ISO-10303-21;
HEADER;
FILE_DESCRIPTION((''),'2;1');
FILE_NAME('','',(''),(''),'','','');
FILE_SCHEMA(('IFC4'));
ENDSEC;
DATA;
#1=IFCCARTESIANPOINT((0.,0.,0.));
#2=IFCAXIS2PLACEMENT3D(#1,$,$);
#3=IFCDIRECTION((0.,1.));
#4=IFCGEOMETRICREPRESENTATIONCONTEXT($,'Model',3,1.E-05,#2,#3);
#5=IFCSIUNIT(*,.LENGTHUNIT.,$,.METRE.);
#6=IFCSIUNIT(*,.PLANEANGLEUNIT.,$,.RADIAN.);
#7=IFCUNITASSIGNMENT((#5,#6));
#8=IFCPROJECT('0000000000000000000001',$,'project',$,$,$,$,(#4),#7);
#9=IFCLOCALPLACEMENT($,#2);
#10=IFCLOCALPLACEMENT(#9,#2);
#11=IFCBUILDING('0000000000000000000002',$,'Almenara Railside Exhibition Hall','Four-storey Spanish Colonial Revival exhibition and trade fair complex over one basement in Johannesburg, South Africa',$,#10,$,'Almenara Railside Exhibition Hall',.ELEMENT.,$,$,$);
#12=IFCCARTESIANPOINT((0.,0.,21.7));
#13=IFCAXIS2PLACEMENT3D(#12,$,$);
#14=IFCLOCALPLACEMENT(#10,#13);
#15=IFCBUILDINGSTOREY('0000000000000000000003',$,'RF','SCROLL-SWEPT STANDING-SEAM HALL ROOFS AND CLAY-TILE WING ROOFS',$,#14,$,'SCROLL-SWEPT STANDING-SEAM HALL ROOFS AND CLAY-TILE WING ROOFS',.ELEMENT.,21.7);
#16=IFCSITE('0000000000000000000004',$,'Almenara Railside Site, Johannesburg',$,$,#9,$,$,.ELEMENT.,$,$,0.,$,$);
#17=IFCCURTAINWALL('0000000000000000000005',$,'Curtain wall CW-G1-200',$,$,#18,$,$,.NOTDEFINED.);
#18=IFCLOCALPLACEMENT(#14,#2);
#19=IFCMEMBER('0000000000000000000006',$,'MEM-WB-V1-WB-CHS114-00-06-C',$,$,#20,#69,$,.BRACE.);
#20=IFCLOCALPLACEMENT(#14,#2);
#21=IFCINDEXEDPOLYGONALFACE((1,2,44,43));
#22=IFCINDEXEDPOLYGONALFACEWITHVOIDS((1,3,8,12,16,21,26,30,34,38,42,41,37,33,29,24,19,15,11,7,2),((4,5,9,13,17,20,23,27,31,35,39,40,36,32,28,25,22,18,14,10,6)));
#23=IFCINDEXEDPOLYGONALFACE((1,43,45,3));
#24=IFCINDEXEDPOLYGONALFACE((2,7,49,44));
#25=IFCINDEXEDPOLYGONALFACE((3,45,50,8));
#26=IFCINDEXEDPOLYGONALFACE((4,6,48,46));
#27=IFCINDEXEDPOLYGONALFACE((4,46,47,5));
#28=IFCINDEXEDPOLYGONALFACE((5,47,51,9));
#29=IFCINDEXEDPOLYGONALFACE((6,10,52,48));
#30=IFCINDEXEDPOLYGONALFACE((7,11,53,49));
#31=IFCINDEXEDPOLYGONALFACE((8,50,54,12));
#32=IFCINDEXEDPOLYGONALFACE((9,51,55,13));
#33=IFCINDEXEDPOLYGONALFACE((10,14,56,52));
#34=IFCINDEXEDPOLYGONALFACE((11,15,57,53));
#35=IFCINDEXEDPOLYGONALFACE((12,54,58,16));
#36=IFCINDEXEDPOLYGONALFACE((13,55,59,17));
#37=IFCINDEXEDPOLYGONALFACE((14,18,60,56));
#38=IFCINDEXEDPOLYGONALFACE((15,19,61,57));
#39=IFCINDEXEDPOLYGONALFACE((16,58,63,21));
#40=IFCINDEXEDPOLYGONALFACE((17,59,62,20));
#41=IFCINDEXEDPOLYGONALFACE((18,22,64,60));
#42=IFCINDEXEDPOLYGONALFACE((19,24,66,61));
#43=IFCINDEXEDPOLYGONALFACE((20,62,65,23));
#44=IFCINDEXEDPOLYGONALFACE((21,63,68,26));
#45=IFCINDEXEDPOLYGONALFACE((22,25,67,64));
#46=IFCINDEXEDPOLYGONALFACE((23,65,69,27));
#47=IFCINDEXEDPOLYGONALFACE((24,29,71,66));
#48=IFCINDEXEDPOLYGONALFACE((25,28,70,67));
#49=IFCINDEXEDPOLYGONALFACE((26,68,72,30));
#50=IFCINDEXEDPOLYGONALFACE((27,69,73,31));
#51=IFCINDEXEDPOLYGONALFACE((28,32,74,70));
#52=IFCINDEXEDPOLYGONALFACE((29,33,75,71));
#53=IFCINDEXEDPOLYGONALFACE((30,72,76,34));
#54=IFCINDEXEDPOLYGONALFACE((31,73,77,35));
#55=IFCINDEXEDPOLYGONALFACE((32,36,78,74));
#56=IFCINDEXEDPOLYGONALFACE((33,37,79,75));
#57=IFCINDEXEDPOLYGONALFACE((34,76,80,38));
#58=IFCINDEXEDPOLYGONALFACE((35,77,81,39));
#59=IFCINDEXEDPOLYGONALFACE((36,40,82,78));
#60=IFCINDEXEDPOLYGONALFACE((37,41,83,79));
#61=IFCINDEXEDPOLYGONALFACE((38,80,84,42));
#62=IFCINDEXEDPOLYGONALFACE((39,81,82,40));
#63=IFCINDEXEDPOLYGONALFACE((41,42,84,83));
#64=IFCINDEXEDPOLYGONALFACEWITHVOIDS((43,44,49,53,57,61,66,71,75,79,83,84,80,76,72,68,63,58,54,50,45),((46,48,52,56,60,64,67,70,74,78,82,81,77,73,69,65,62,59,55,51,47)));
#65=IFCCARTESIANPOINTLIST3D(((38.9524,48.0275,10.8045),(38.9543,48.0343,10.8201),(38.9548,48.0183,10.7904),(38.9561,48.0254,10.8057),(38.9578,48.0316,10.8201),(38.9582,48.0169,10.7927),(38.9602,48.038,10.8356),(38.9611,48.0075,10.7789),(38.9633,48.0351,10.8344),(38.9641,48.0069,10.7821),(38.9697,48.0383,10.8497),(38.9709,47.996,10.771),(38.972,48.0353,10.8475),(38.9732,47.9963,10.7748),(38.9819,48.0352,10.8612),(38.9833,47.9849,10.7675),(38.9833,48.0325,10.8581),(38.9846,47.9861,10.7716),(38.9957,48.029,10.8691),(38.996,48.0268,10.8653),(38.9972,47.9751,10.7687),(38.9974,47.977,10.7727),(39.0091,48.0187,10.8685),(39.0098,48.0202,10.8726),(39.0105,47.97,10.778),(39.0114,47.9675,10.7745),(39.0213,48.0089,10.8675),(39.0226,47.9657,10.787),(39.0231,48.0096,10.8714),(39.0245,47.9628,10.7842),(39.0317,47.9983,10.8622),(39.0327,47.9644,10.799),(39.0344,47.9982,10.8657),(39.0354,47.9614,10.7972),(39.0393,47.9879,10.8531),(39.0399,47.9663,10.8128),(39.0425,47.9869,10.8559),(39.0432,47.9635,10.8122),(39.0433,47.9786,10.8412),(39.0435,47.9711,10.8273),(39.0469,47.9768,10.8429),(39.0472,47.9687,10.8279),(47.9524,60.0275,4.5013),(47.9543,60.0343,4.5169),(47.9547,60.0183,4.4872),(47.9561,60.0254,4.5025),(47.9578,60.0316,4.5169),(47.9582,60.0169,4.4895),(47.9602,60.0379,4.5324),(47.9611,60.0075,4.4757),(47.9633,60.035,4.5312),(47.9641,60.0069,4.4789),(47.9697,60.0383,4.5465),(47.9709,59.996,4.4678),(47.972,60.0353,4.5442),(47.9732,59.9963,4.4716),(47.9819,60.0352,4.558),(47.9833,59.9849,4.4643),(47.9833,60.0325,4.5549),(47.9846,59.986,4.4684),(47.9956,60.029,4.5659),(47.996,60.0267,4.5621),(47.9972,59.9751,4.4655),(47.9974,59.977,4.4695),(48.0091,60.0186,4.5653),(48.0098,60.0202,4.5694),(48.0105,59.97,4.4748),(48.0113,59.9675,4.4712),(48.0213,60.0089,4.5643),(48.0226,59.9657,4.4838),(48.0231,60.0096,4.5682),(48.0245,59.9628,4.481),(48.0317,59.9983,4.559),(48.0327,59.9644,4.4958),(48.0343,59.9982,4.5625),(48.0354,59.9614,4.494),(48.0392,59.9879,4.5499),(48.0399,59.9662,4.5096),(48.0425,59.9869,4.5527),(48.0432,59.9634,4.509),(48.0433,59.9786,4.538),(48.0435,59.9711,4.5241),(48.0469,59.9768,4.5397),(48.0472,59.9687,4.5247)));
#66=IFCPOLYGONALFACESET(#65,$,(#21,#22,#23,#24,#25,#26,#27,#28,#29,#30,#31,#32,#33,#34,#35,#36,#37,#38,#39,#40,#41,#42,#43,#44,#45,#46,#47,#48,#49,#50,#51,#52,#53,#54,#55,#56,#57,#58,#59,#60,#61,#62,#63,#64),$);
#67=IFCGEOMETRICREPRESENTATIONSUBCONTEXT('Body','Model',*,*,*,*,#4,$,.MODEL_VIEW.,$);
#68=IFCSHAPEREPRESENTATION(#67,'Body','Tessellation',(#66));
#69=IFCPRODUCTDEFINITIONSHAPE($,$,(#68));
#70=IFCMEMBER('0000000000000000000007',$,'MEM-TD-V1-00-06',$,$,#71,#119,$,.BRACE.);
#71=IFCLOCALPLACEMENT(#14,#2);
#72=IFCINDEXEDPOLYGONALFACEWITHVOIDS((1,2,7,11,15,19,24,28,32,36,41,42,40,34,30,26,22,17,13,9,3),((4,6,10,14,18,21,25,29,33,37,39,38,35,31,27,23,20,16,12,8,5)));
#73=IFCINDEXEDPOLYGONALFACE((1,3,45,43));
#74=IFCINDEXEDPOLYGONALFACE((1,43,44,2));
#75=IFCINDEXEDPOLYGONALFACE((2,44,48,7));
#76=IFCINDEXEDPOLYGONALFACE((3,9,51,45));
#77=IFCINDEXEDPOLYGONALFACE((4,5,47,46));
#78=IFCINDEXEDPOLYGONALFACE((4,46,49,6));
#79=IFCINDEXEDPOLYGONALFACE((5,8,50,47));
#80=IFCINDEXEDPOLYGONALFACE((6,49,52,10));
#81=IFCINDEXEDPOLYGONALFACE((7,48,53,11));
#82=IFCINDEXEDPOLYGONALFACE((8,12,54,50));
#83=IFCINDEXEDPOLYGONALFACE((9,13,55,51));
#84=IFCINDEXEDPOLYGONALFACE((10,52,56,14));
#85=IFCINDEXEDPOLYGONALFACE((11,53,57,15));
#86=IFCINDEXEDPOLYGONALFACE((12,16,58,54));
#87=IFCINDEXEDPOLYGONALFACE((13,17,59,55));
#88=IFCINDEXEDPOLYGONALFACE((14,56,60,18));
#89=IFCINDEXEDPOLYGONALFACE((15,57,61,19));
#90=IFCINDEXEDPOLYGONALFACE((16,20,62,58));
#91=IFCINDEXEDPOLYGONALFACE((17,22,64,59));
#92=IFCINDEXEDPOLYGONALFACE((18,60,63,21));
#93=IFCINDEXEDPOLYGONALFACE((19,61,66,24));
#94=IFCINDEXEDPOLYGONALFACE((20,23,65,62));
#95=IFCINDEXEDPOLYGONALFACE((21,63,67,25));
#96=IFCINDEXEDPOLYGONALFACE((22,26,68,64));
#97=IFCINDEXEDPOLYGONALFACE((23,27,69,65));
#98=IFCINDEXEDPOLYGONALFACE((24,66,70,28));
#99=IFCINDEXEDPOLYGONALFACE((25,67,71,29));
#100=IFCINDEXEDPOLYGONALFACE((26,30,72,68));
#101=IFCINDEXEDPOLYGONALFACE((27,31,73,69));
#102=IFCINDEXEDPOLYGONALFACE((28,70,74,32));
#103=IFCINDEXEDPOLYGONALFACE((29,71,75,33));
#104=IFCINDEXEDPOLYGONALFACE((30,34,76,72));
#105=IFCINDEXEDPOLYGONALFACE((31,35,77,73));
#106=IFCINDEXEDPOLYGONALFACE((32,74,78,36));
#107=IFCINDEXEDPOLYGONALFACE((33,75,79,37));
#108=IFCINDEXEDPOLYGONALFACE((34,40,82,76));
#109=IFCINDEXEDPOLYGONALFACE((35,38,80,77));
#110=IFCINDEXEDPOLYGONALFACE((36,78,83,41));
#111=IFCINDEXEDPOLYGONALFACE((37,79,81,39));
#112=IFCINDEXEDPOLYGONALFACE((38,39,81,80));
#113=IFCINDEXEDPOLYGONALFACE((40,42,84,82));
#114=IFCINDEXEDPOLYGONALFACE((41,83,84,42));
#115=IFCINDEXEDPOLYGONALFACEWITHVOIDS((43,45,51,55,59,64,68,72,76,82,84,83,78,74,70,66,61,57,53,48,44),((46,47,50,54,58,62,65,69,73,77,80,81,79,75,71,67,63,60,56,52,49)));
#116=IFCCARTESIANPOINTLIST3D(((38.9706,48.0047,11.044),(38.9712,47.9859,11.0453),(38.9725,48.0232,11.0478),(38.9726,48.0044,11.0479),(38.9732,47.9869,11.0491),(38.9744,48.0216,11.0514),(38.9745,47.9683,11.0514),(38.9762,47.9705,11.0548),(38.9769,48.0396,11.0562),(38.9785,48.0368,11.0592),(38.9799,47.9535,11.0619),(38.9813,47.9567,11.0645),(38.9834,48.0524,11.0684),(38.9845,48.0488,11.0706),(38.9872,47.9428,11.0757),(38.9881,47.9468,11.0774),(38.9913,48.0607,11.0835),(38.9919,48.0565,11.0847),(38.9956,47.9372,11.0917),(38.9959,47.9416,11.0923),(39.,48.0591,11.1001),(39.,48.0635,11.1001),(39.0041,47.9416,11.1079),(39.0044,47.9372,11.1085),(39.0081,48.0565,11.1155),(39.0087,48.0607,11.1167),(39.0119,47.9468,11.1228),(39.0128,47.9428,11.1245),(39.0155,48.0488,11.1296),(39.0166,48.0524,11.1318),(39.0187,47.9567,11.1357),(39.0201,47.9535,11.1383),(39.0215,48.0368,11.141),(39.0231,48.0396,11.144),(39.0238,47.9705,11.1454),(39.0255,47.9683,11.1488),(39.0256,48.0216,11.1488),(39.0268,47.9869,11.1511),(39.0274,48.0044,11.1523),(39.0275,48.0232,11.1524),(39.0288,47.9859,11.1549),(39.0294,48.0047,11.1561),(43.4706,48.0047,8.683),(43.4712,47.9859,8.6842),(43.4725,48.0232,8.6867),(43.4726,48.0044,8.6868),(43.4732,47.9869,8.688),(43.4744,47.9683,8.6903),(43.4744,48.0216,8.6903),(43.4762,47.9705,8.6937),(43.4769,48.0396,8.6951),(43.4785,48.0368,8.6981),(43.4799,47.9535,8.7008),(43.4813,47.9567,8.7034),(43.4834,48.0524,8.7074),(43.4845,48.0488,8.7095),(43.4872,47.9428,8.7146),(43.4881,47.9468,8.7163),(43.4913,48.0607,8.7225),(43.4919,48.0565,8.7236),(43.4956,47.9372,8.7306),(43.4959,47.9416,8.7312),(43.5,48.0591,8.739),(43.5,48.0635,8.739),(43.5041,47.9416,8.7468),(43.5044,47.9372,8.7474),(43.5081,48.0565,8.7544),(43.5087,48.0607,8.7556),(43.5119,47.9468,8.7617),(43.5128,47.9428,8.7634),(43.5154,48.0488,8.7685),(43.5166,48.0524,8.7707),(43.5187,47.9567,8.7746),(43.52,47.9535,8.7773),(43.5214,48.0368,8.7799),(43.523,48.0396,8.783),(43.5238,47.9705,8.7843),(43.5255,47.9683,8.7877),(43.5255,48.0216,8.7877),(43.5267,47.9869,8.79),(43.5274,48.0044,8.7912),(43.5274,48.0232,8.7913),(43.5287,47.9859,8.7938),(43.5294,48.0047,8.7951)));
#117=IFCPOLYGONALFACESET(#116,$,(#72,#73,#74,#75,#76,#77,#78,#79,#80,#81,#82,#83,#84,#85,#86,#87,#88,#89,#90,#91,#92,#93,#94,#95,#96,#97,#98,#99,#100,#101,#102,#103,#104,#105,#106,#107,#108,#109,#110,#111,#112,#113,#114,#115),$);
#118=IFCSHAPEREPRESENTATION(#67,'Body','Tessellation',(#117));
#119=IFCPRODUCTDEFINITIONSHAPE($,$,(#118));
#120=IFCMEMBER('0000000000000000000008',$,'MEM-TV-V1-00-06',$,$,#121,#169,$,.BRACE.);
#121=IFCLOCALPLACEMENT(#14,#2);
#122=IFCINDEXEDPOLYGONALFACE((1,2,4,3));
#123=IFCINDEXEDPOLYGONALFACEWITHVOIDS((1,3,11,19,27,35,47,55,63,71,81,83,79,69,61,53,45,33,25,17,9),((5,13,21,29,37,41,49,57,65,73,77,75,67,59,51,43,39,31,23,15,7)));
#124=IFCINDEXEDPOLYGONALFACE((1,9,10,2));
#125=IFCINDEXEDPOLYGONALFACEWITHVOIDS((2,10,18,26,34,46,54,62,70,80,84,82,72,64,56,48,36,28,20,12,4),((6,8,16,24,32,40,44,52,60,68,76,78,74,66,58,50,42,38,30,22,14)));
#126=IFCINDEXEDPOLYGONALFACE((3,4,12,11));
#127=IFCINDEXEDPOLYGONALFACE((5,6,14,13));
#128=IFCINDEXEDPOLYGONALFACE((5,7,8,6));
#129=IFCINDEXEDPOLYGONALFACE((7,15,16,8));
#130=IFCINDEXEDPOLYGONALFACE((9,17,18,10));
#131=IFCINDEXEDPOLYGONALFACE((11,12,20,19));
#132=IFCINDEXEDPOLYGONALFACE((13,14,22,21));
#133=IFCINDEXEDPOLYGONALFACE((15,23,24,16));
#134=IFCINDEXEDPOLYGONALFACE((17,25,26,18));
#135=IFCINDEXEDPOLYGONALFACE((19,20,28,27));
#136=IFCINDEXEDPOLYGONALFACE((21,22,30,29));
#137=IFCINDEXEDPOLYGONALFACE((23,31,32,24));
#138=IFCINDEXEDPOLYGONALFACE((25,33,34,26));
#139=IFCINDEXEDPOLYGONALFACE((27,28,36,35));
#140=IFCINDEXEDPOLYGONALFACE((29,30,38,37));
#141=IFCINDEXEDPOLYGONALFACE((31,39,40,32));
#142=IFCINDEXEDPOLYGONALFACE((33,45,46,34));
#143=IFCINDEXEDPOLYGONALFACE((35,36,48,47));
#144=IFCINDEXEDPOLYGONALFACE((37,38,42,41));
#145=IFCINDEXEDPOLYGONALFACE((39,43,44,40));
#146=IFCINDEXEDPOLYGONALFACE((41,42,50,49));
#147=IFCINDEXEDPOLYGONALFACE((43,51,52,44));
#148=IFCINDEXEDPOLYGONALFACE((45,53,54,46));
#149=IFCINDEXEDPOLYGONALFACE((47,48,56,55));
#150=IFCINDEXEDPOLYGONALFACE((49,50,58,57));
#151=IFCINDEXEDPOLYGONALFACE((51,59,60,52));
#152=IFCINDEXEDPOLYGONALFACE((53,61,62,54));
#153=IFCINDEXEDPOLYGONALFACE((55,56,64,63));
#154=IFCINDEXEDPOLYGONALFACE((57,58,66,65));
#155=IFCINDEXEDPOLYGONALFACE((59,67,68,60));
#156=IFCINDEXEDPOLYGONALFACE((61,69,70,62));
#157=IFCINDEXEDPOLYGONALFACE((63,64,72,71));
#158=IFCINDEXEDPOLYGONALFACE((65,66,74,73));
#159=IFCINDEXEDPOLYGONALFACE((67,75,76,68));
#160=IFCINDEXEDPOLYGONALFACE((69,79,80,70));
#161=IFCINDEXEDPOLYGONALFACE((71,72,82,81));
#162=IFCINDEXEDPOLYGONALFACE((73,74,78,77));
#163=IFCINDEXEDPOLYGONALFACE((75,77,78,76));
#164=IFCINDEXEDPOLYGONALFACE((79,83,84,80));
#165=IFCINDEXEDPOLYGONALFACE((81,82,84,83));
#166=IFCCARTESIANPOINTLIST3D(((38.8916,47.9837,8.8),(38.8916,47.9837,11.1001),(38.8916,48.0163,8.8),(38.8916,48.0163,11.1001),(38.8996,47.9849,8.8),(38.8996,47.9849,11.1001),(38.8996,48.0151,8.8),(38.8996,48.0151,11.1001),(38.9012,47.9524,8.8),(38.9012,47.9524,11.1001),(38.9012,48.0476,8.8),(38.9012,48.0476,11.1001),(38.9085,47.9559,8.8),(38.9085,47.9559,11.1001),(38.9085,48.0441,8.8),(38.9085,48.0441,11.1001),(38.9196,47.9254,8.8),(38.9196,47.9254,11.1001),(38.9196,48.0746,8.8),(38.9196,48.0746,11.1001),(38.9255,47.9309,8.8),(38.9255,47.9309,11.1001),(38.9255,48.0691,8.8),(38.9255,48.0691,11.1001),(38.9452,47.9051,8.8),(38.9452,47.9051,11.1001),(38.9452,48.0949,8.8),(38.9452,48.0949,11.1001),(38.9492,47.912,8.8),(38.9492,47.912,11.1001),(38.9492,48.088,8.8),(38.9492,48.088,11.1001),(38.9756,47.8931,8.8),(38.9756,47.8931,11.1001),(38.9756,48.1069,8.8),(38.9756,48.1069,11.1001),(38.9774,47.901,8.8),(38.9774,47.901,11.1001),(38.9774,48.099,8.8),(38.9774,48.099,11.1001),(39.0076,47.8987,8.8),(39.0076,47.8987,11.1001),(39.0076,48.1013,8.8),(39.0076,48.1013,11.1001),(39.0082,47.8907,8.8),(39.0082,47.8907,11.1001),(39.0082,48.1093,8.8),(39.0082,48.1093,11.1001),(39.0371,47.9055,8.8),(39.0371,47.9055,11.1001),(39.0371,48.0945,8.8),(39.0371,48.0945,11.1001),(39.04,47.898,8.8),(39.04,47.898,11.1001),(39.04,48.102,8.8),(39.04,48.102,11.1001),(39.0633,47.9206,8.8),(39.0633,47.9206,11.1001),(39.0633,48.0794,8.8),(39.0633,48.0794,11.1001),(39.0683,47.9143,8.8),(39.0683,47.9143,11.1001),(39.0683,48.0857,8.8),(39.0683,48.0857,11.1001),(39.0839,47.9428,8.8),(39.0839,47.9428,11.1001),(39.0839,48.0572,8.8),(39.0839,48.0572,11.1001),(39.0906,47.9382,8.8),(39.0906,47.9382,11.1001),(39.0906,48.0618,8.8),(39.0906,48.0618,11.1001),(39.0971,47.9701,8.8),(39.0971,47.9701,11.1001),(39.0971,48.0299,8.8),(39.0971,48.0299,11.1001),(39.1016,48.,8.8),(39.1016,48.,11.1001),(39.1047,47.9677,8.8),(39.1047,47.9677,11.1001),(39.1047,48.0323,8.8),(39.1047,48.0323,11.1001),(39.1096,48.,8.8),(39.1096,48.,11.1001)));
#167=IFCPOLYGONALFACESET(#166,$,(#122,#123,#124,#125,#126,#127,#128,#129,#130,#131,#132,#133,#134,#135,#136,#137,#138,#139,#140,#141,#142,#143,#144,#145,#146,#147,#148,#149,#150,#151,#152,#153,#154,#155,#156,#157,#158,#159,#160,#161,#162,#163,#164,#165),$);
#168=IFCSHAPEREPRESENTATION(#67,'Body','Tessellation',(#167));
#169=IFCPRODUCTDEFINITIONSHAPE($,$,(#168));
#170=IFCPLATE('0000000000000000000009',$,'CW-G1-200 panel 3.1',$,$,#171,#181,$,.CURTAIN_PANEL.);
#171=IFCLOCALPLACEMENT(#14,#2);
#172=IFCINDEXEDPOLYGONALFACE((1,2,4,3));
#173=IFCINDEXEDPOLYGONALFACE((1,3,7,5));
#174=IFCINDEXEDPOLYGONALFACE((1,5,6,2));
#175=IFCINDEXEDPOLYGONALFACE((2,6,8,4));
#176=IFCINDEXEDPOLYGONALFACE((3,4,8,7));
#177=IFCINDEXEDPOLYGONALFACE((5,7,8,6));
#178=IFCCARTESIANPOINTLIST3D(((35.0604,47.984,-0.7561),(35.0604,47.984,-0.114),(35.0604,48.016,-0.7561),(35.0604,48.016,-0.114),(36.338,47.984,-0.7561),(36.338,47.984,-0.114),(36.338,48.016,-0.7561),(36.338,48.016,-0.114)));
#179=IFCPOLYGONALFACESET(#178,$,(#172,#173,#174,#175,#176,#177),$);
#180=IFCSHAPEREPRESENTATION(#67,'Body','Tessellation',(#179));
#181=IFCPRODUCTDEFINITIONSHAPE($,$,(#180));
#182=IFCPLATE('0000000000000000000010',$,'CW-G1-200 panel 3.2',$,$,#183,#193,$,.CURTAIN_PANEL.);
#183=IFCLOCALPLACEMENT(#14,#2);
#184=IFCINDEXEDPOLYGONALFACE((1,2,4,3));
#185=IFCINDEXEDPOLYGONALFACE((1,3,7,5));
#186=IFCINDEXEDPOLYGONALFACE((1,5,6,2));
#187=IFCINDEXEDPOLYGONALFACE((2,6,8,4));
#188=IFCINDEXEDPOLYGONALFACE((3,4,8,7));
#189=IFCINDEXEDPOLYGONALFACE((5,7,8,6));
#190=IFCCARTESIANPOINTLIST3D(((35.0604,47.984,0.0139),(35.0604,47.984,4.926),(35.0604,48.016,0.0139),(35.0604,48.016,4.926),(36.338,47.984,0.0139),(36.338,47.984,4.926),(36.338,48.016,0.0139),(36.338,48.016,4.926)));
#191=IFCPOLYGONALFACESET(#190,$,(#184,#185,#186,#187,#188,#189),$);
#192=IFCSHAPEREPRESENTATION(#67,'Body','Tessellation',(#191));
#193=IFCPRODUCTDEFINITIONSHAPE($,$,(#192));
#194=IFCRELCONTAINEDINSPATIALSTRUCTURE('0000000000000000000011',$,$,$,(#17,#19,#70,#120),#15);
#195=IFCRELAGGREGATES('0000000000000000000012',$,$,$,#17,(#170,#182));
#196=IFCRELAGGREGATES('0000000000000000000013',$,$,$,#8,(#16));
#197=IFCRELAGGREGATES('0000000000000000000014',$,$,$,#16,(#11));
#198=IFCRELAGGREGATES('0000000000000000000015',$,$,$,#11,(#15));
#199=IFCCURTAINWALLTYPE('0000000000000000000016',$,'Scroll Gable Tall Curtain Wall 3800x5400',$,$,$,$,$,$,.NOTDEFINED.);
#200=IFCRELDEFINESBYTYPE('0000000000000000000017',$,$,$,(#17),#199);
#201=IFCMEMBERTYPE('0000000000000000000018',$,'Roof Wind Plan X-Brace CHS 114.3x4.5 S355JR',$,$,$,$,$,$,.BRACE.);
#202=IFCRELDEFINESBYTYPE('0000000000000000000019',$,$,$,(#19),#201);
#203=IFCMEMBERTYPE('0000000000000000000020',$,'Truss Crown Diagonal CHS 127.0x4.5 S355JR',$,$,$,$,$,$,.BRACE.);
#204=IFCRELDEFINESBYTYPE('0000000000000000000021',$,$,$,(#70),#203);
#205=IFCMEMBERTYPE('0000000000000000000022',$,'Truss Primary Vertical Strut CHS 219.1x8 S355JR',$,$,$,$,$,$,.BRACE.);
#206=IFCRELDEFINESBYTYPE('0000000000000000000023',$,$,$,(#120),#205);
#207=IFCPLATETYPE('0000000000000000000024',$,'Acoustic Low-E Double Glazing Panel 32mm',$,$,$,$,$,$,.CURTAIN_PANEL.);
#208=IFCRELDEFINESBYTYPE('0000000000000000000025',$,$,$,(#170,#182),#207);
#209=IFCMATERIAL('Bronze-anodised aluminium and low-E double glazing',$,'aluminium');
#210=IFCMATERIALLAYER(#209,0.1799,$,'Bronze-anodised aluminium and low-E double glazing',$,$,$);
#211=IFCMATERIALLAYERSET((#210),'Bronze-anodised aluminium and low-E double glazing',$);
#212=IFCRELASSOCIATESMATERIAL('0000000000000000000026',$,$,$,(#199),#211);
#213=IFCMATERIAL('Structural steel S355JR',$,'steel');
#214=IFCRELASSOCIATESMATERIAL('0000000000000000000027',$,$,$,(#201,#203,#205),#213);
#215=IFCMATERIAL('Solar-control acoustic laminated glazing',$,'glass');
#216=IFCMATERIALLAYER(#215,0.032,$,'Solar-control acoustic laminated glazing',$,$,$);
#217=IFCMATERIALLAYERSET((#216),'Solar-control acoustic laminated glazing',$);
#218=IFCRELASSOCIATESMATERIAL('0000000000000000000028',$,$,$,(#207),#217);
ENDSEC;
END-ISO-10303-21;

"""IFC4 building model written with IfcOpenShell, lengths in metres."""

from ifc_helpers import new_model, si_unit, direction, frame, origin, origin_2d, place, context, subcontext, project, spatial, rectangle, hollow_circle, extrude, material, layer, layer_set, material_profile, profile_set, type_object, element, aggregate, save


model = new_model("IFC4")

# Units and contexts
model_context = context("Model", 3, precision=1e-05, world=origin(), true_north=direction((0.0, 1.0)))
body_context = subcontext(model_context, "Body", "Model", "MODEL_VIEW")
ifc_project = project(units=[si_unit("LENGTHUNIT", "METRE"), si_unit("PLANEANGLEUNIT", "RADIAN")], contexts=[model_context])

# Site, building, storey
site_placement = place(None, origin())
site = spatial("IfcSite", under=ifc_project, at=site_placement, Name="Almenara Railside Site, Johannesburg", CompositionType="ELEMENT", RefElevation=0.0)
building_placement = place(site_placement, origin())
building = spatial("IfcBuilding", under=site, at=building_placement, Name="Almenara Railside Exhibition Hall", Description="Four-storey Spanish Colonial Revival exhibition and trade fair complex over one basement in Johannesburg, South Africa", LongName="Almenara Railside Exhibition Hall", CompositionType="ELEMENT")
storey_placement = place(building_placement, frame((0.0, 0.0, 21.7)))
storey = spatial("IfcBuildingStorey", under=building, at=storey_placement, Name="RF", Description="SCROLL-SWEPT STANDING-SEAM HALL ROOFS AND CLAY-TILE WING ROOFS", LongName="SCROLL-SWEPT STANDING-SEAM HALL ROOFS AND CLAY-TILE WING ROOFS", CompositionType="ELEMENT", Elevation=21.7)

# Shared definitions
ifc_material_1 = material(Name="Structural steel S355JR", Category="steel")

# Shared definitions
ifc_material_2 = material(Name="Bronze-anodised aluminium and low-E double glazing", Category="aluminium")
ifc_layer_1 = layer(ifc_material_2, 0.1799, Name="Bronze-anodised aluminium and low-E double glazing")
ifc_layer_set_1 = layer_set([ifc_layer_1], Name="Bronze-anodised aluminium and low-E double glazing")
curtain_wall_type = type_object("IfcCurtainWallType", Name="Scroll Gable Tall Curtain Wall 3800x5400", PredefinedType="NOTDEFINED", material=ifc_layer_set_1)

# Curtain wall
curtain_wall_1_placement = place(storey_placement, origin())
curtain_wall_1 = element("IfcCurtainWall", 1, at=curtain_wall_1_placement, inside=storey, type_object=curtain_wall_type, Name="Curtain wall CW-G1-200", PredefinedType="NOTDEFINED")

# Members
ifc_material_profile_1 = material_profile(ifc_material_1, hollow_circle(Radius=0.0571, WallThickness=0.0044, at=origin_2d()), Name="CHS 114.3x4.5")
ifc_profile_set_1 = profile_set([ifc_material_profile_1], Name="Structural steel S355JR")
member_type_1 = type_object("IfcMemberType", Name="Roof Wind Plan X-Brace CHS 114.3x4.5 S355JR", PredefinedType="BRACE", material=ifc_profile_set_1)
member_1_placement = place(storey_placement, frame((39.0, 48.0, 10.8201), z_axis=(0.553147, 0.737529, -0.387401), x_axis=(-0.8, 0.6, 0.0)))
element("IfcMember", 2, at=member_1_placement, inside=storey, type_object=member_type_1, Name="MEM-WB-V1-WB-CHS114-00-06-C", PredefinedType="BRACE", context=body_context, shape_type="SweptSolid", body=[
    extrude(hollow_circle(Radius=0.0571, WallThickness=0.0044, at=origin_2d()), origin(), (0.0, 0.0, 1.0), 16.2705),
])
ifc_material_profile_2 = material_profile(ifc_material_1, hollow_circle(Radius=0.0635, WallThickness=0.0044, at=origin_2d()), Name="CHS 127.0x4.5")
ifc_profile_set_2 = profile_set([ifc_material_profile_2], Name="Structural steel S355JR")
member_type_2 = type_object("IfcMemberType", Name="Truss Crown Diagonal CHS 127.0x4.5 S355JR", PredefinedType="BRACE", material=ifc_profile_set_2)
member_2_placement = place(storey_placement, frame((39.0, 48.0, 11.1001), z_axis=(0.885513, 0.0, -0.464615), x_axis=(0.0, 1.0, 0.0)))
element("IfcMember", 3, at=member_2_placement, inside=storey, type_object=member_type_2, Name="MEM-TD-V1-00-06", PredefinedType="BRACE", context=body_context, shape_type="SweptSolid", body=[
    extrude(hollow_circle(Radius=0.0635, WallThickness=0.0044, at=origin_2d()), origin(), (0.0, 0.0, 1.0), 5.0818),
])
ifc_material_profile_3 = material_profile(ifc_material_1, hollow_circle(Radius=0.1096, WallThickness=0.0081, at=origin_2d()), Name="CHS 219.1x8")
ifc_profile_set_3 = profile_set([ifc_material_profile_3], Name="Structural steel S355JR")
member_type_3 = type_object("IfcMemberType", Name="Truss Primary Vertical Strut CHS 219.1x8 S355JR", PredefinedType="BRACE", material=ifc_profile_set_3)
member_3_placement = place(storey_placement, frame((39.0, 48.0, 8.8), z_axis=(0.0, 0.0, 1.0), x_axis=(1.0, 0.0, 0.0)))
element("IfcMember", 4, at=member_3_placement, inside=storey, type_object=member_type_3, Name="MEM-TV-V1-00-06", PredefinedType="BRACE", context=body_context, shape_type="SweptSolid", body=[
    extrude(hollow_circle(Radius=0.1096, WallThickness=0.0081, at=origin_2d()), origin(), (0.0, 0.0, 1.0), 2.3),
])

# Plates
ifc_material_3 = material(Name="Solar-control acoustic laminated glazing", Category="glass")
ifc_layer_2 = layer(ifc_material_3, 0.032, Name="Solar-control acoustic laminated glazing")
ifc_layer_set_2 = layer_set([ifc_layer_2], Name="Solar-control acoustic laminated glazing")
plate_type_1 = type_object("IfcPlateType", Name="Acoustic Low-E Double Glazing Panel 32mm", PredefinedType="CURTAIN_PANEL", material=ifc_layer_set_2)
plate_1_placement = place(storey_placement, frame((35.6992, 48.0, -0.7561), z_axis=(0.0, 0.0, 1.0), x_axis=(1.0, 0.0, 0.0)))
plate_1 = element("IfcPlate", 5, at=plate_1_placement, type_object=plate_type_1, Name="CW-G1-200 panel 3.1", PredefinedType="CURTAIN_PANEL", context=body_context, shape_type="SweptSolid", body=[
    extrude(rectangle(XDim=1.2776, YDim=0.032, at=origin_2d()), origin(), (0.0, 0.0, 1.0), 0.6421),
])
plate_2_placement = place(storey_placement, frame((35.6992, 48.0, 0.0139), z_axis=(0.0, 0.0, 1.0), x_axis=(1.0, 0.0, 0.0)))
plate_2 = element("IfcPlate", 6, at=plate_2_placement, type_object=plate_type_1, Name="CW-G1-200 panel 3.2", PredefinedType="CURTAIN_PANEL", context=body_context, shape_type="SweptSolid", body=[
    extrude(rectangle(XDim=1.2776, YDim=0.032, at=origin_2d()), origin(), (0.0, 0.0, 1.0), 4.9121),
])
aggregate(curtain_wall_1, [plate_1, plate_2])

save(model, "model.ifc")
